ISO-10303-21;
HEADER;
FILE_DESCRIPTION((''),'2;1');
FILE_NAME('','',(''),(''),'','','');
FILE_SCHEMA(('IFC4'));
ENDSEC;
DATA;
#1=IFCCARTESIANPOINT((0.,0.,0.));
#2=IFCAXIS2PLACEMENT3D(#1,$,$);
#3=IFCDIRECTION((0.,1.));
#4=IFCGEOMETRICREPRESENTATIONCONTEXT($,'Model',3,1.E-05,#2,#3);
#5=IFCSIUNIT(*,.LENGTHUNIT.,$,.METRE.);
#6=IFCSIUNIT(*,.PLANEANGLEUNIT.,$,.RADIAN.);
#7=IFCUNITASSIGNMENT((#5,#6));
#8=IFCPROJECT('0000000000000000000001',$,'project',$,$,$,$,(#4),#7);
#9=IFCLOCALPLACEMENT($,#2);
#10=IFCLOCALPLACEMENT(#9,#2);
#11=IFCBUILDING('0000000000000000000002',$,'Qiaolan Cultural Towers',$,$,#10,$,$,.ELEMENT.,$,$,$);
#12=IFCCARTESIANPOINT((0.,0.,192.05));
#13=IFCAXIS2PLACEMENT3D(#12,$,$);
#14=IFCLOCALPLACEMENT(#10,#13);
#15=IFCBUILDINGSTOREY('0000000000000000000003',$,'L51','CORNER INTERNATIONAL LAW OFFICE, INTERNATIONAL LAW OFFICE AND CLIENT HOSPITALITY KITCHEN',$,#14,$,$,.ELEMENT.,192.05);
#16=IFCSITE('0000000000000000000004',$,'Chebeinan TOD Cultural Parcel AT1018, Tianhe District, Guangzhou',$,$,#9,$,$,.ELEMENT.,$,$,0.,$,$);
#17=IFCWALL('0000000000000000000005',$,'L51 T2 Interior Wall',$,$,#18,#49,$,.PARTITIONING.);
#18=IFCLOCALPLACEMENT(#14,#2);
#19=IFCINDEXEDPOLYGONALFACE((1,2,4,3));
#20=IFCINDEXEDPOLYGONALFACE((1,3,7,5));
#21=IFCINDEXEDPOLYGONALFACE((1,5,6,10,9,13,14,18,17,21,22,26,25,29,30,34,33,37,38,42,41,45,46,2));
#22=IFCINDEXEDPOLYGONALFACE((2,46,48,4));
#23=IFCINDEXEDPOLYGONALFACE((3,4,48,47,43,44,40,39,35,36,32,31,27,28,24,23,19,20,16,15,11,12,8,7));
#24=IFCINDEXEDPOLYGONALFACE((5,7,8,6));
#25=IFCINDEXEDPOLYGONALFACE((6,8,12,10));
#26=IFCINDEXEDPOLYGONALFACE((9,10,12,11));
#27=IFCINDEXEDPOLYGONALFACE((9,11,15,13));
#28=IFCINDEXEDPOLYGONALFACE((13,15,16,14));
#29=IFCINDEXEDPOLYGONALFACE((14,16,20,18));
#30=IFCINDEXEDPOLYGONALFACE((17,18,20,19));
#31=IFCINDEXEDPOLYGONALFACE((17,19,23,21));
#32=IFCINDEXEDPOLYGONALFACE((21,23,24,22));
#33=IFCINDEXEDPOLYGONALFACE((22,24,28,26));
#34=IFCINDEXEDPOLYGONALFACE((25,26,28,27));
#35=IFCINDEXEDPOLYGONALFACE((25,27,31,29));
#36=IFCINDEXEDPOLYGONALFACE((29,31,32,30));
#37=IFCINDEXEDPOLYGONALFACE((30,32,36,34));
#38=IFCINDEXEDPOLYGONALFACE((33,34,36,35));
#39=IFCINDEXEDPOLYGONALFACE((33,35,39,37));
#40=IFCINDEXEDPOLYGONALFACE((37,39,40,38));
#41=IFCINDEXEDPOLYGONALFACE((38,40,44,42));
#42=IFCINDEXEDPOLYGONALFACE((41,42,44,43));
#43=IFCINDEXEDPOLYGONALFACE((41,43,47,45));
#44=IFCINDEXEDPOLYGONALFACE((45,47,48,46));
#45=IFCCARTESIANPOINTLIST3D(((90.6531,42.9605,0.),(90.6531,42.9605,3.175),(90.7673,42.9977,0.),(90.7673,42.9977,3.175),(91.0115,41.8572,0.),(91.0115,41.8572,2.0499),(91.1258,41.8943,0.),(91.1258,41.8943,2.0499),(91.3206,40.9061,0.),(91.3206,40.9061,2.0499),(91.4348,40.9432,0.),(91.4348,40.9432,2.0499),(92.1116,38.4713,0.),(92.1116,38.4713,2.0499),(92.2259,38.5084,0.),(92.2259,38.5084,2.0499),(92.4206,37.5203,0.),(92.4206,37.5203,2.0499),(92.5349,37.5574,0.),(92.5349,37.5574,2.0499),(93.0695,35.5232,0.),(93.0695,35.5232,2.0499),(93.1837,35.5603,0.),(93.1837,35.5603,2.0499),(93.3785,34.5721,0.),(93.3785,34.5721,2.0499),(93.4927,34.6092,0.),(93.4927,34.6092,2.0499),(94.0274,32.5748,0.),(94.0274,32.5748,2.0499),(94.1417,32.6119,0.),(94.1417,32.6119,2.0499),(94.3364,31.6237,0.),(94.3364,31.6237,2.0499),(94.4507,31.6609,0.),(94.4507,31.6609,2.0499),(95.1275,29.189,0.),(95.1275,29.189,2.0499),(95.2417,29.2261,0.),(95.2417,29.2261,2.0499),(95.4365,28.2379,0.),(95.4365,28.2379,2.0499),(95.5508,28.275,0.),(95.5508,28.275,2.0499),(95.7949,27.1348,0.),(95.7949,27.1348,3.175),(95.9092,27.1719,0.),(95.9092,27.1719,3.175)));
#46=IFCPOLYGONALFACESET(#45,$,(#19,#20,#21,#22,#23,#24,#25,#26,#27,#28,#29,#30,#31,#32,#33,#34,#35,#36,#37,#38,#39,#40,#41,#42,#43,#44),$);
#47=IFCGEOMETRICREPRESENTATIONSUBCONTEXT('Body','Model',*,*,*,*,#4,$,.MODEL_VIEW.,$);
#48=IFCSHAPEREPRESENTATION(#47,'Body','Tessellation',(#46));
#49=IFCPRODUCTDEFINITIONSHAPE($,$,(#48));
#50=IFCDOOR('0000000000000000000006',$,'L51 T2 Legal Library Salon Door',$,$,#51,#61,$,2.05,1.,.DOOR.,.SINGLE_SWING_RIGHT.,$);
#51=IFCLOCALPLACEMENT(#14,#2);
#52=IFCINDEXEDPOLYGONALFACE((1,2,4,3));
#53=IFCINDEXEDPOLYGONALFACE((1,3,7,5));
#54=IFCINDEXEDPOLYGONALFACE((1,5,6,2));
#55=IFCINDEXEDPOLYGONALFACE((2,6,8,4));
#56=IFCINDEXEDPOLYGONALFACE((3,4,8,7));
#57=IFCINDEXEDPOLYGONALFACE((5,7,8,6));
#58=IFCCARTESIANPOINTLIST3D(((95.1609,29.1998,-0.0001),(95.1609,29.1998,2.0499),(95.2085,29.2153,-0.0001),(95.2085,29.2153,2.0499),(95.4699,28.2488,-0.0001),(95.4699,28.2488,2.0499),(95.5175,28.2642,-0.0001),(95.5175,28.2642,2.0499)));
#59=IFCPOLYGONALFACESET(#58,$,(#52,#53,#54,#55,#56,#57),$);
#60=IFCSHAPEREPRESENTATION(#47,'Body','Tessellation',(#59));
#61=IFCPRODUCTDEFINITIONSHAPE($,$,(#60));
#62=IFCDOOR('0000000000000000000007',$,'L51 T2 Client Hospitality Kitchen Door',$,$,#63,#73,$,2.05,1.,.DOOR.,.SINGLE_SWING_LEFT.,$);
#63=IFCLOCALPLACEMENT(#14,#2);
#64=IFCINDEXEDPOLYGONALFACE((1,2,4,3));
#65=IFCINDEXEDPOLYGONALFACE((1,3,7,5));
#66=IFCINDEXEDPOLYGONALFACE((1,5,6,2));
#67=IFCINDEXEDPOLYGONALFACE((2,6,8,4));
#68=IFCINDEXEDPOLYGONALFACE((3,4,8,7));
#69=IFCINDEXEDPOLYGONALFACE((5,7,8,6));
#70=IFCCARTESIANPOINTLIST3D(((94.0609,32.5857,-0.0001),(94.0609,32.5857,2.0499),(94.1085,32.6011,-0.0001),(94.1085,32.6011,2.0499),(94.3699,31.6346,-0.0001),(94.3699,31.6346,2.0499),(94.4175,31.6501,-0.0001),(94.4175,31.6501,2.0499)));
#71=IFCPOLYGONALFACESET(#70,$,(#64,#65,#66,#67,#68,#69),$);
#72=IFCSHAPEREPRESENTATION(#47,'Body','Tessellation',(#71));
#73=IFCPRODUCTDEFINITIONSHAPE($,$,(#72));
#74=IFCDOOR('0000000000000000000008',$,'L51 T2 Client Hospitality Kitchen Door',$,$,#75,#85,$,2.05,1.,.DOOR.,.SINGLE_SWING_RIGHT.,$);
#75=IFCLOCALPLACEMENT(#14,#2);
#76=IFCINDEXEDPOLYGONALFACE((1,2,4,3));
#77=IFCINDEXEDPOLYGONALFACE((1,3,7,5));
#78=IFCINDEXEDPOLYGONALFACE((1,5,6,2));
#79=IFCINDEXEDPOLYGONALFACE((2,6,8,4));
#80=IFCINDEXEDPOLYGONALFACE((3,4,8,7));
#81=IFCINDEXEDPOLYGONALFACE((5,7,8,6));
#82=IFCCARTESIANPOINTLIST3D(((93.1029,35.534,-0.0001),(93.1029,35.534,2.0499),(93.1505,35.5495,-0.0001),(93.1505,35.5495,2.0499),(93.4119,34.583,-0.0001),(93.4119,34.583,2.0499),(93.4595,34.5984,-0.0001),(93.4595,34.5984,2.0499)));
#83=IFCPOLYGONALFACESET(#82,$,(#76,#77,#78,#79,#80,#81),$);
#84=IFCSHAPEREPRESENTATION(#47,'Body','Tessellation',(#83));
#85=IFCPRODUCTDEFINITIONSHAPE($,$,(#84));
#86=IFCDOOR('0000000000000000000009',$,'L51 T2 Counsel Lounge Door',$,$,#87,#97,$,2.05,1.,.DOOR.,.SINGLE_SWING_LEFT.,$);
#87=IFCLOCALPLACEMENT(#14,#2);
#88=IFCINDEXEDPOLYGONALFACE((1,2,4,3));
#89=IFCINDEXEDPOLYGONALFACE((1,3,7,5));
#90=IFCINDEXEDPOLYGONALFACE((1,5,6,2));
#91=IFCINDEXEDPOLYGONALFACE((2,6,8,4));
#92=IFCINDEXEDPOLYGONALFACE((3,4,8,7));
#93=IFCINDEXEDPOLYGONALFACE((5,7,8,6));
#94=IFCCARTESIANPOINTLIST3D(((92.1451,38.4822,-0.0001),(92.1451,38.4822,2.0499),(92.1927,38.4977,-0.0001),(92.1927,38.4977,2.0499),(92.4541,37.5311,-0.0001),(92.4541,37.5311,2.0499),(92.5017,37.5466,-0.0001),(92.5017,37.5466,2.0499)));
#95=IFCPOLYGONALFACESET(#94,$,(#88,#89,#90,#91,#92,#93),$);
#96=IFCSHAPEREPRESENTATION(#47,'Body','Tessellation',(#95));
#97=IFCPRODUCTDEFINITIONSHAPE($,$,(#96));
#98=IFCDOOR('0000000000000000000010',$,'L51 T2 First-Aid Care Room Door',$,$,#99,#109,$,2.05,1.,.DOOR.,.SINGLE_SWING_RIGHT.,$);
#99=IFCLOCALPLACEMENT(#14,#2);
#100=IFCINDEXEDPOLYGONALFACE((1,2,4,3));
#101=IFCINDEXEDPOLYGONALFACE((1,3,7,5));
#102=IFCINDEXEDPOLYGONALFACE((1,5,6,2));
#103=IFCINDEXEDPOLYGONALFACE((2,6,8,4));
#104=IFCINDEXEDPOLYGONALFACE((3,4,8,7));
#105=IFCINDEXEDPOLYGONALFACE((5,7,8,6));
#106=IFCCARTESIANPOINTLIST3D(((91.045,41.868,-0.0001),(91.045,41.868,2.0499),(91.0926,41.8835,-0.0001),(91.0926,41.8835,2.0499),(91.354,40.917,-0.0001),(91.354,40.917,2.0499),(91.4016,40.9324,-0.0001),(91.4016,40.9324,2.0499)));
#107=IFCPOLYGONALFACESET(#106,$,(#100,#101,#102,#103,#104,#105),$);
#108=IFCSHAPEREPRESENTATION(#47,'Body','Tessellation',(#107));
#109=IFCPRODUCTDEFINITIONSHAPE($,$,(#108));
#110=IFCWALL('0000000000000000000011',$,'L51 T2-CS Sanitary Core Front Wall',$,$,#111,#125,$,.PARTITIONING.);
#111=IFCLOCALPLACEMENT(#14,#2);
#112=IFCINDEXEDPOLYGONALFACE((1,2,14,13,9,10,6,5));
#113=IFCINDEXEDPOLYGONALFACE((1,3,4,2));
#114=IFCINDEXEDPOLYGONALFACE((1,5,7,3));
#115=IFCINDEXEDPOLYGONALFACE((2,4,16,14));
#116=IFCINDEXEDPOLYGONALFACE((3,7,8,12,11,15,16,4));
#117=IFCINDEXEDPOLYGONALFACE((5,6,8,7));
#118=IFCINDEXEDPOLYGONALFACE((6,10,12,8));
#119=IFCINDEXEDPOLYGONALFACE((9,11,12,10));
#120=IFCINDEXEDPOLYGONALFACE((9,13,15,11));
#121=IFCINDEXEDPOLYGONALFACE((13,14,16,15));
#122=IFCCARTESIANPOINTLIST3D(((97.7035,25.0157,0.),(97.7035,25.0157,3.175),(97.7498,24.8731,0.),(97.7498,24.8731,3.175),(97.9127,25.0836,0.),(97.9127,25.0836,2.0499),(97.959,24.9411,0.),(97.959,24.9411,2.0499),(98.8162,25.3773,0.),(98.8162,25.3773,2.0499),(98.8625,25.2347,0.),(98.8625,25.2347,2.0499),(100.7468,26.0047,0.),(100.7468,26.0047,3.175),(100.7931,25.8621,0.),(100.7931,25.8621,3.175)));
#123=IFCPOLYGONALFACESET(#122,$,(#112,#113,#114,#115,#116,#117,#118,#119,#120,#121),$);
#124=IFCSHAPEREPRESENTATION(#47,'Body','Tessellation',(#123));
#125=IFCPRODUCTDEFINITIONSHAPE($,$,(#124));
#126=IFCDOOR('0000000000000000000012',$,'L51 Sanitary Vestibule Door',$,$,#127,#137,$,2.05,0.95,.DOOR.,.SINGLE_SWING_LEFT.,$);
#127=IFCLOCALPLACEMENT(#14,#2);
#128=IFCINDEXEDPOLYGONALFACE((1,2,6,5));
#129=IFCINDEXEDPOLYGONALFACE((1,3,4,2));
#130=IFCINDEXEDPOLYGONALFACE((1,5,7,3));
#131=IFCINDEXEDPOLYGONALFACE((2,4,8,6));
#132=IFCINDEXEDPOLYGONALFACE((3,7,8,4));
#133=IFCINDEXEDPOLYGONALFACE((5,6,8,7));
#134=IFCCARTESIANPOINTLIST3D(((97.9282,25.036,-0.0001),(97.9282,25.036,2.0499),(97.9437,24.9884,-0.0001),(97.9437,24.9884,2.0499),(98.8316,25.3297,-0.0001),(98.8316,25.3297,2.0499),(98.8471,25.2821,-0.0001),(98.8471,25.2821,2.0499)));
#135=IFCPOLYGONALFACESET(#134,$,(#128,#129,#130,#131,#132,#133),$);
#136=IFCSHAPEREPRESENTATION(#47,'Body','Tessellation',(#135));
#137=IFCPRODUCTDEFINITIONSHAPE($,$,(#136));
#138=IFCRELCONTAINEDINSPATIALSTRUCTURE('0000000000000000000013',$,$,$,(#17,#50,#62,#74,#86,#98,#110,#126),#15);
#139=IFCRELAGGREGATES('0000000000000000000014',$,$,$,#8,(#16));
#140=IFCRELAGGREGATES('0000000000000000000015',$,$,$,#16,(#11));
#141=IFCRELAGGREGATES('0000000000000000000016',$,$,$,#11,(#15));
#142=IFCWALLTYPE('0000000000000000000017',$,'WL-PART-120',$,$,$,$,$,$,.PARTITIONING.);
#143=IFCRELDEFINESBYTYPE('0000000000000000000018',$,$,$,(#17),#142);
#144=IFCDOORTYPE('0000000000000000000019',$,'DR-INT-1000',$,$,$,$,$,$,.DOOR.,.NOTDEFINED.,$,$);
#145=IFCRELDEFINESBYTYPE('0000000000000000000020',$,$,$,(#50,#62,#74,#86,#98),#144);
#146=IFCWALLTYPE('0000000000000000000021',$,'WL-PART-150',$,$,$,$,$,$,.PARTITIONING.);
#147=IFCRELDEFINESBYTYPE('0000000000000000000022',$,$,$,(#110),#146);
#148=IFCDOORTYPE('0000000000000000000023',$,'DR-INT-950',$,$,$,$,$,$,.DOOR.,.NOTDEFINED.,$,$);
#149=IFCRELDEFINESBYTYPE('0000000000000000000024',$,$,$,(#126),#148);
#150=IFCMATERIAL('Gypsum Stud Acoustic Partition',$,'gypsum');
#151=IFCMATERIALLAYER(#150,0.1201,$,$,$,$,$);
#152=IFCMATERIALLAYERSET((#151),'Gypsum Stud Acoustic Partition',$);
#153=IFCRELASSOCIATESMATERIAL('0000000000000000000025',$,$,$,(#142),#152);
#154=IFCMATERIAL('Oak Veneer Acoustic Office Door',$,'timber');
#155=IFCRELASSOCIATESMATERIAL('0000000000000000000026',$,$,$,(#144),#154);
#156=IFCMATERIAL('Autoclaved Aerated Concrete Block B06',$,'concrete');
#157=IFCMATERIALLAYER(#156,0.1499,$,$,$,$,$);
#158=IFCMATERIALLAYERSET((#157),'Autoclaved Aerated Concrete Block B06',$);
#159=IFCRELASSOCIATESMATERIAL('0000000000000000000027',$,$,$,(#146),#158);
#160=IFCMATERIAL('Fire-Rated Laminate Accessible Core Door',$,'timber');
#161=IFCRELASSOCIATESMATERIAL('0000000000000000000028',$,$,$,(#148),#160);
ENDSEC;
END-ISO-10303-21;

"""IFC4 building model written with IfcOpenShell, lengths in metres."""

from ifc_helpers import new_model, si_unit, direction, frame, frame_2d, origin, place, context, subcontext, project, spatial, rectangle, extrude, material, layer, layer_set, type_object, element, fill, save


model = new_model("IFC4")

# Units and contexts
model_context = context("Model", 3, precision=1e-05, world=origin(), true_north=direction((0.0, 1.0)))
body_context = subcontext(model_context, "Body", "Model", "MODEL_VIEW")
ifc_project = project(units=[si_unit("LENGTHUNIT", "METRE"), si_unit("PLANEANGLEUNIT", "RADIAN")], contexts=[model_context])

# Site, building, storey
site_placement = place(None, origin())
site = spatial("IfcSite", under=ifc_project, at=site_placement, Name="Chebeinan TOD Cultural Parcel AT1018, Tianhe District, Guangzhou", CompositionType="ELEMENT", RefElevation=0.0)
building_placement = place(site_placement, origin())
building = spatial("IfcBuilding", under=site, at=building_placement, Name="Qiaolan Cultural Towers", CompositionType="ELEMENT")
storey_placement = place(building_placement, frame((0.0, 0.0, 192.05)))
storey = spatial("IfcBuildingStorey", under=building, at=storey_placement, Name="L51", Description="CORNER INTERNATIONAL LAW OFFICE, INTERNATIONAL LAW OFFICE AND CLIENT HOSPITALITY KITCHEN", CompositionType="ELEMENT", Elevation=192.05)

# Wall, openings, doors
ifc_material_1 = material(Name="Gypsum Stud Acoustic Partition", Category="gypsum")
ifc_layer_1 = layer(ifc_material_1, 0.1201)
ifc_layer_set_1 = layer_set([ifc_layer_1], Name="Gypsum Stud Acoustic Partition")
wall_type_1 = type_object("IfcWallType", Name="WL-PART-120", PredefinedType="PARTITIONING", material=ifc_layer_set_1)
wall_1_placement = place(storey_placement, frame((95.8521, 27.1533, 0.0), z_axis=(0.0, 0.0, 1.0), x_axis=(-0.309004, 0.951061, 0.0)))
wall_1 = element("IfcWall", 1, at=wall_1_placement, inside=storey, type_object=wall_type_1, Name="L51 T2 Interior Wall", PredefinedType="PARTITIONING", context=body_context, shape_type="SweptSolid", body=[
    extrude(rectangle(XDim=16.6401, YDim=0.1201, at=frame_2d((8.3201, 0.0))), origin(), (0.0, 0.0, 1.0), 3.175),
])
opening_1_placement = place(wall_1_placement, frame((1.1599, 0.0, 0.0)))
opening_1 = element("IfcOpeningElement", 2, at=opening_1_placement, cuts=wall_1, PredefinedType="OPENING", context=body_context, shape_type="SweptSolid", body=[
    extrude(rectangle(XDim=1.0, YDim=2.05, at=frame_2d((0.5, 1.0249))), frame((0.0, 0.0701, 0.0), z_axis=(0.0, -1.0, 0.0), x_axis=(1.0, 0.0, 0.0)), (0.0, 0.0, 1.0), 0.1401),
])
opening_2_placement = place(wall_1_placement, frame((4.72, 0.0, 0.0)))
opening_2 = element("IfcOpeningElement", 3, at=opening_2_placement, cuts=wall_1, PredefinedType="OPENING", context=body_context, shape_type="SweptSolid", body=[
    extrude(rectangle(XDim=1.0, YDim=2.05, at=frame_2d((0.5, 1.0249))), frame((0.0, 0.0701, 0.0), z_axis=(0.0, -1.0, 0.0), x_axis=(1.0, 0.0, 0.0)), (0.0, 0.0, 1.0), 0.1401),
])
opening_3_placement = place(wall_1_placement, frame((7.8201, 0.0, 0.0)))
opening_3 = element("IfcOpeningElement", 4, at=opening_3_placement, cuts=wall_1, PredefinedType="OPENING", context=body_context, shape_type="SweptSolid", body=[
    extrude(rectangle(XDim=1.0, YDim=2.05, at=frame_2d((0.5, 1.0249))), frame((0.0, 0.0701, 0.0), z_axis=(0.0, -1.0, 0.0), x_axis=(1.0, 0.0, 0.0)), (0.0, 0.0, 1.0), 0.1401),
])
opening_4_placement = place(wall_1_placement, frame((10.9199, 0.0, 0.0)))
opening_4 = element("IfcOpeningElement", 5, at=opening_4_placement, cuts=wall_1, PredefinedType="OPENING", context=body_context, shape_type="SweptSolid", body=[
    extrude(rectangle(XDim=1.0, YDim=2.05, at=frame_2d((0.5, 1.0249))), frame((0.0, 0.0701, 0.0), z_axis=(0.0, -1.0, 0.0), x_axis=(1.0, 0.0, 0.0)), (0.0, 0.0, 1.0), 0.1401),
])
opening_5_placement = place(wall_1_placement, frame((14.48, 0.0, 0.0)))
opening_5 = element("IfcOpeningElement", 6, at=opening_5_placement, cuts=wall_1, PredefinedType="OPENING", context=body_context, shape_type="SweptSolid", body=[
    extrude(rectangle(XDim=1.0, YDim=2.05, at=frame_2d((0.5, 1.0249))), frame((0.0, 0.0701, 0.0), z_axis=(0.0, -1.0, 0.0), x_axis=(1.0, 0.0, 0.0)), (0.0, 0.0, 1.0), 0.1401),
])
ifc_material_2 = material(Name="Oak Veneer Acoustic Office Door", Category="timber")
door_type_1 = type_object("IfcDoorType", Name="DR-INT-1000", OperationType="NOTDEFINED", PredefinedType="DOOR", material=ifc_material_2)
door_1_placement = place(opening_1_placement, origin())
door_1 = element("IfcDoor", 7, at=door_1_placement, inside=storey, type_object=door_type_1, Name="L51 T2 Legal Library Salon Door", OperationType="SINGLE_SWING_RIGHT", OverallHeight=2.05, OverallWidth=1.0, PredefinedType="DOOR", context=body_context, shape_type="SweptSolid", body=[
    extrude(rectangle(XDim=1.0, YDim=2.05, at=frame_2d((0.5, 1.0249))), frame((0.0, 0.0249, 0.0), z_axis=(0.0, -1.0, 0.0), x_axis=(1.0, 0.0, 0.0)), (0.0, 0.0, 1.0), 0.05),
])
fill(opening_1, door_1)
door_2_placement = place(opening_2_placement, origin())
door_2 = element("IfcDoor", 8, at=door_2_placement, inside=storey, type_object=door_type_1, Name="L51 T2 Client Hospitality Kitchen Door", OperationType="SINGLE_SWING_LEFT", OverallHeight=2.05, OverallWidth=1.0, PredefinedType="DOOR", context=body_context, shape_type="SweptSolid", body=[
    extrude(rectangle(XDim=1.0, YDim=2.05, at=frame_2d((0.5, 1.0249))), frame((0.0, 0.0249, 0.0), z_axis=(0.0, -1.0, 0.0), x_axis=(1.0, 0.0, 0.0)), (0.0, 0.0, 1.0), 0.05),
])
fill(opening_2, door_2)
door_3_placement = place(opening_3_placement, origin())
door_3 = element("IfcDoor", 9, at=door_3_placement, inside=storey, type_object=door_type_1, Name="L51 T2 Client Hospitality Kitchen Door", OperationType="SINGLE_SWING_RIGHT", OverallHeight=2.05, OverallWidth=1.0, PredefinedType="DOOR", context=body_context, shape_type="SweptSolid", body=[
    extrude(rectangle(XDim=1.0, YDim=2.05, at=frame_2d((0.5, 1.0249))), frame((0.0, 0.0249, 0.0), z_axis=(0.0, -1.0, 0.0), x_axis=(1.0, 0.0, 0.0)), (0.0, 0.0, 1.0), 0.05),
])
fill(opening_3, door_3)
door_4_placement = place(opening_4_placement, origin())
door_4 = element("IfcDoor", 10, at=door_4_placement, inside=storey, type_object=door_type_1, Name="L51 T2 Counsel Lounge Door", OperationType="SINGLE_SWING_LEFT", OverallHeight=2.05, OverallWidth=1.0, PredefinedType="DOOR", context=body_context, shape_type="SweptSolid", body=[
    extrude(rectangle(XDim=1.0, YDim=2.05, at=frame_2d((0.5, 1.0249))), frame((0.0, 0.0249, 0.0), z_axis=(0.0, -1.0, 0.0), x_axis=(1.0, 0.0, 0.0)), (0.0, 0.0, 1.0), 0.05),
])
fill(opening_4, door_4)
door_5_placement = place(opening_5_placement, origin())
door_5 = element("IfcDoor", 11, at=door_5_placement, inside=storey, type_object=door_type_1, Name="L51 T2 First-Aid Care Room Door", OperationType="SINGLE_SWING_RIGHT", OverallHeight=2.05, OverallWidth=1.0, PredefinedType="DOOR", context=body_context, shape_type="SweptSolid", body=[
    extrude(rectangle(XDim=1.0, YDim=2.05, at=frame_2d((0.5, 1.0249))), frame((0.0, 0.0249, 0.0), z_axis=(0.0, -1.0, 0.0), x_axis=(1.0, 0.0, 0.0)), (0.0, 0.0, 1.0), 0.05),
])
fill(opening_5, door_5)

# Wall, opening, door
ifc_material_3 = material(Name="Autoclaved Aerated Concrete Block B06", Category="concrete")
ifc_layer_2 = layer(ifc_material_3, 0.1499)
ifc_layer_set_2 = layer_set([ifc_layer_2], Name="Autoclaved Aerated Concrete Block B06")
wall_type_2 = type_object("IfcWallType", Name="WL-PART-150", PredefinedType="PARTITIONING", material=ifc_layer_set_2)
wall_2_placement = place(storey_placement, frame((97.7266, 24.9443, 0.0), z_axis=(0.0, 0.0, 1.0), x_axis=(0.951037, 0.309077, 0.0)))
wall_2 = element("IfcWall", 12, at=wall_2_placement, inside=storey, type_object=wall_type_2, Name="L51 T2-CS Sanitary Core Front Wall", PredefinedType="PARTITIONING", context=body_context, shape_type="SweptSolid", body=[
    extrude(rectangle(XDim=3.2, YDim=0.1499, at=frame_2d((1.6001, 0.0))), origin(), (0.0, 0.0, 1.0), 3.175),
])
opening_6_placement = place(wall_2_placement, frame((0.22, 0.0, 0.0)))
opening_6 = element("IfcOpeningElement", 13, at=opening_6_placement, cuts=wall_2, PredefinedType="OPENING", context=body_context, shape_type="SweptSolid", body=[
    extrude(rectangle(XDim=0.95, YDim=2.05, at=frame_2d((0.4751, 1.0249))), frame((0.0, 0.085, 0.0), z_axis=(0.0, -1.0, 0.0), x_axis=(1.0, 0.0, 0.0)), (0.0, 0.0, 1.0), 0.1699),
])
ifc_material_4 = material(Name="Fire-Rated Laminate Accessible Core Door", Category="timber")
door_type_2 = type_object("IfcDoorType", Name="DR-INT-950", OperationType="NOTDEFINED", PredefinedType="DOOR", material=ifc_material_4)
door_6_placement = place(opening_6_placement, origin())
door_6 = element("IfcDoor", 14, at=door_6_placement, inside=storey, type_object=door_type_2, Name="L51 Sanitary Vestibule Door", OperationType="SINGLE_SWING_LEFT", OverallHeight=2.05, OverallWidth=0.95, PredefinedType="DOOR", context=body_context, shape_type="SweptSolid", body=[
    extrude(rectangle(XDim=0.95, YDim=2.05, at=frame_2d((0.4751, 1.0249))), frame((0.0, 0.0249, 0.0), z_axis=(0.0, -1.0, 0.0), x_axis=(1.0, 0.0, 0.0)), (0.0, 0.0, 1.0), 0.05),
])
fill(opening_6, door_6)

save(model, "model.ifc")
